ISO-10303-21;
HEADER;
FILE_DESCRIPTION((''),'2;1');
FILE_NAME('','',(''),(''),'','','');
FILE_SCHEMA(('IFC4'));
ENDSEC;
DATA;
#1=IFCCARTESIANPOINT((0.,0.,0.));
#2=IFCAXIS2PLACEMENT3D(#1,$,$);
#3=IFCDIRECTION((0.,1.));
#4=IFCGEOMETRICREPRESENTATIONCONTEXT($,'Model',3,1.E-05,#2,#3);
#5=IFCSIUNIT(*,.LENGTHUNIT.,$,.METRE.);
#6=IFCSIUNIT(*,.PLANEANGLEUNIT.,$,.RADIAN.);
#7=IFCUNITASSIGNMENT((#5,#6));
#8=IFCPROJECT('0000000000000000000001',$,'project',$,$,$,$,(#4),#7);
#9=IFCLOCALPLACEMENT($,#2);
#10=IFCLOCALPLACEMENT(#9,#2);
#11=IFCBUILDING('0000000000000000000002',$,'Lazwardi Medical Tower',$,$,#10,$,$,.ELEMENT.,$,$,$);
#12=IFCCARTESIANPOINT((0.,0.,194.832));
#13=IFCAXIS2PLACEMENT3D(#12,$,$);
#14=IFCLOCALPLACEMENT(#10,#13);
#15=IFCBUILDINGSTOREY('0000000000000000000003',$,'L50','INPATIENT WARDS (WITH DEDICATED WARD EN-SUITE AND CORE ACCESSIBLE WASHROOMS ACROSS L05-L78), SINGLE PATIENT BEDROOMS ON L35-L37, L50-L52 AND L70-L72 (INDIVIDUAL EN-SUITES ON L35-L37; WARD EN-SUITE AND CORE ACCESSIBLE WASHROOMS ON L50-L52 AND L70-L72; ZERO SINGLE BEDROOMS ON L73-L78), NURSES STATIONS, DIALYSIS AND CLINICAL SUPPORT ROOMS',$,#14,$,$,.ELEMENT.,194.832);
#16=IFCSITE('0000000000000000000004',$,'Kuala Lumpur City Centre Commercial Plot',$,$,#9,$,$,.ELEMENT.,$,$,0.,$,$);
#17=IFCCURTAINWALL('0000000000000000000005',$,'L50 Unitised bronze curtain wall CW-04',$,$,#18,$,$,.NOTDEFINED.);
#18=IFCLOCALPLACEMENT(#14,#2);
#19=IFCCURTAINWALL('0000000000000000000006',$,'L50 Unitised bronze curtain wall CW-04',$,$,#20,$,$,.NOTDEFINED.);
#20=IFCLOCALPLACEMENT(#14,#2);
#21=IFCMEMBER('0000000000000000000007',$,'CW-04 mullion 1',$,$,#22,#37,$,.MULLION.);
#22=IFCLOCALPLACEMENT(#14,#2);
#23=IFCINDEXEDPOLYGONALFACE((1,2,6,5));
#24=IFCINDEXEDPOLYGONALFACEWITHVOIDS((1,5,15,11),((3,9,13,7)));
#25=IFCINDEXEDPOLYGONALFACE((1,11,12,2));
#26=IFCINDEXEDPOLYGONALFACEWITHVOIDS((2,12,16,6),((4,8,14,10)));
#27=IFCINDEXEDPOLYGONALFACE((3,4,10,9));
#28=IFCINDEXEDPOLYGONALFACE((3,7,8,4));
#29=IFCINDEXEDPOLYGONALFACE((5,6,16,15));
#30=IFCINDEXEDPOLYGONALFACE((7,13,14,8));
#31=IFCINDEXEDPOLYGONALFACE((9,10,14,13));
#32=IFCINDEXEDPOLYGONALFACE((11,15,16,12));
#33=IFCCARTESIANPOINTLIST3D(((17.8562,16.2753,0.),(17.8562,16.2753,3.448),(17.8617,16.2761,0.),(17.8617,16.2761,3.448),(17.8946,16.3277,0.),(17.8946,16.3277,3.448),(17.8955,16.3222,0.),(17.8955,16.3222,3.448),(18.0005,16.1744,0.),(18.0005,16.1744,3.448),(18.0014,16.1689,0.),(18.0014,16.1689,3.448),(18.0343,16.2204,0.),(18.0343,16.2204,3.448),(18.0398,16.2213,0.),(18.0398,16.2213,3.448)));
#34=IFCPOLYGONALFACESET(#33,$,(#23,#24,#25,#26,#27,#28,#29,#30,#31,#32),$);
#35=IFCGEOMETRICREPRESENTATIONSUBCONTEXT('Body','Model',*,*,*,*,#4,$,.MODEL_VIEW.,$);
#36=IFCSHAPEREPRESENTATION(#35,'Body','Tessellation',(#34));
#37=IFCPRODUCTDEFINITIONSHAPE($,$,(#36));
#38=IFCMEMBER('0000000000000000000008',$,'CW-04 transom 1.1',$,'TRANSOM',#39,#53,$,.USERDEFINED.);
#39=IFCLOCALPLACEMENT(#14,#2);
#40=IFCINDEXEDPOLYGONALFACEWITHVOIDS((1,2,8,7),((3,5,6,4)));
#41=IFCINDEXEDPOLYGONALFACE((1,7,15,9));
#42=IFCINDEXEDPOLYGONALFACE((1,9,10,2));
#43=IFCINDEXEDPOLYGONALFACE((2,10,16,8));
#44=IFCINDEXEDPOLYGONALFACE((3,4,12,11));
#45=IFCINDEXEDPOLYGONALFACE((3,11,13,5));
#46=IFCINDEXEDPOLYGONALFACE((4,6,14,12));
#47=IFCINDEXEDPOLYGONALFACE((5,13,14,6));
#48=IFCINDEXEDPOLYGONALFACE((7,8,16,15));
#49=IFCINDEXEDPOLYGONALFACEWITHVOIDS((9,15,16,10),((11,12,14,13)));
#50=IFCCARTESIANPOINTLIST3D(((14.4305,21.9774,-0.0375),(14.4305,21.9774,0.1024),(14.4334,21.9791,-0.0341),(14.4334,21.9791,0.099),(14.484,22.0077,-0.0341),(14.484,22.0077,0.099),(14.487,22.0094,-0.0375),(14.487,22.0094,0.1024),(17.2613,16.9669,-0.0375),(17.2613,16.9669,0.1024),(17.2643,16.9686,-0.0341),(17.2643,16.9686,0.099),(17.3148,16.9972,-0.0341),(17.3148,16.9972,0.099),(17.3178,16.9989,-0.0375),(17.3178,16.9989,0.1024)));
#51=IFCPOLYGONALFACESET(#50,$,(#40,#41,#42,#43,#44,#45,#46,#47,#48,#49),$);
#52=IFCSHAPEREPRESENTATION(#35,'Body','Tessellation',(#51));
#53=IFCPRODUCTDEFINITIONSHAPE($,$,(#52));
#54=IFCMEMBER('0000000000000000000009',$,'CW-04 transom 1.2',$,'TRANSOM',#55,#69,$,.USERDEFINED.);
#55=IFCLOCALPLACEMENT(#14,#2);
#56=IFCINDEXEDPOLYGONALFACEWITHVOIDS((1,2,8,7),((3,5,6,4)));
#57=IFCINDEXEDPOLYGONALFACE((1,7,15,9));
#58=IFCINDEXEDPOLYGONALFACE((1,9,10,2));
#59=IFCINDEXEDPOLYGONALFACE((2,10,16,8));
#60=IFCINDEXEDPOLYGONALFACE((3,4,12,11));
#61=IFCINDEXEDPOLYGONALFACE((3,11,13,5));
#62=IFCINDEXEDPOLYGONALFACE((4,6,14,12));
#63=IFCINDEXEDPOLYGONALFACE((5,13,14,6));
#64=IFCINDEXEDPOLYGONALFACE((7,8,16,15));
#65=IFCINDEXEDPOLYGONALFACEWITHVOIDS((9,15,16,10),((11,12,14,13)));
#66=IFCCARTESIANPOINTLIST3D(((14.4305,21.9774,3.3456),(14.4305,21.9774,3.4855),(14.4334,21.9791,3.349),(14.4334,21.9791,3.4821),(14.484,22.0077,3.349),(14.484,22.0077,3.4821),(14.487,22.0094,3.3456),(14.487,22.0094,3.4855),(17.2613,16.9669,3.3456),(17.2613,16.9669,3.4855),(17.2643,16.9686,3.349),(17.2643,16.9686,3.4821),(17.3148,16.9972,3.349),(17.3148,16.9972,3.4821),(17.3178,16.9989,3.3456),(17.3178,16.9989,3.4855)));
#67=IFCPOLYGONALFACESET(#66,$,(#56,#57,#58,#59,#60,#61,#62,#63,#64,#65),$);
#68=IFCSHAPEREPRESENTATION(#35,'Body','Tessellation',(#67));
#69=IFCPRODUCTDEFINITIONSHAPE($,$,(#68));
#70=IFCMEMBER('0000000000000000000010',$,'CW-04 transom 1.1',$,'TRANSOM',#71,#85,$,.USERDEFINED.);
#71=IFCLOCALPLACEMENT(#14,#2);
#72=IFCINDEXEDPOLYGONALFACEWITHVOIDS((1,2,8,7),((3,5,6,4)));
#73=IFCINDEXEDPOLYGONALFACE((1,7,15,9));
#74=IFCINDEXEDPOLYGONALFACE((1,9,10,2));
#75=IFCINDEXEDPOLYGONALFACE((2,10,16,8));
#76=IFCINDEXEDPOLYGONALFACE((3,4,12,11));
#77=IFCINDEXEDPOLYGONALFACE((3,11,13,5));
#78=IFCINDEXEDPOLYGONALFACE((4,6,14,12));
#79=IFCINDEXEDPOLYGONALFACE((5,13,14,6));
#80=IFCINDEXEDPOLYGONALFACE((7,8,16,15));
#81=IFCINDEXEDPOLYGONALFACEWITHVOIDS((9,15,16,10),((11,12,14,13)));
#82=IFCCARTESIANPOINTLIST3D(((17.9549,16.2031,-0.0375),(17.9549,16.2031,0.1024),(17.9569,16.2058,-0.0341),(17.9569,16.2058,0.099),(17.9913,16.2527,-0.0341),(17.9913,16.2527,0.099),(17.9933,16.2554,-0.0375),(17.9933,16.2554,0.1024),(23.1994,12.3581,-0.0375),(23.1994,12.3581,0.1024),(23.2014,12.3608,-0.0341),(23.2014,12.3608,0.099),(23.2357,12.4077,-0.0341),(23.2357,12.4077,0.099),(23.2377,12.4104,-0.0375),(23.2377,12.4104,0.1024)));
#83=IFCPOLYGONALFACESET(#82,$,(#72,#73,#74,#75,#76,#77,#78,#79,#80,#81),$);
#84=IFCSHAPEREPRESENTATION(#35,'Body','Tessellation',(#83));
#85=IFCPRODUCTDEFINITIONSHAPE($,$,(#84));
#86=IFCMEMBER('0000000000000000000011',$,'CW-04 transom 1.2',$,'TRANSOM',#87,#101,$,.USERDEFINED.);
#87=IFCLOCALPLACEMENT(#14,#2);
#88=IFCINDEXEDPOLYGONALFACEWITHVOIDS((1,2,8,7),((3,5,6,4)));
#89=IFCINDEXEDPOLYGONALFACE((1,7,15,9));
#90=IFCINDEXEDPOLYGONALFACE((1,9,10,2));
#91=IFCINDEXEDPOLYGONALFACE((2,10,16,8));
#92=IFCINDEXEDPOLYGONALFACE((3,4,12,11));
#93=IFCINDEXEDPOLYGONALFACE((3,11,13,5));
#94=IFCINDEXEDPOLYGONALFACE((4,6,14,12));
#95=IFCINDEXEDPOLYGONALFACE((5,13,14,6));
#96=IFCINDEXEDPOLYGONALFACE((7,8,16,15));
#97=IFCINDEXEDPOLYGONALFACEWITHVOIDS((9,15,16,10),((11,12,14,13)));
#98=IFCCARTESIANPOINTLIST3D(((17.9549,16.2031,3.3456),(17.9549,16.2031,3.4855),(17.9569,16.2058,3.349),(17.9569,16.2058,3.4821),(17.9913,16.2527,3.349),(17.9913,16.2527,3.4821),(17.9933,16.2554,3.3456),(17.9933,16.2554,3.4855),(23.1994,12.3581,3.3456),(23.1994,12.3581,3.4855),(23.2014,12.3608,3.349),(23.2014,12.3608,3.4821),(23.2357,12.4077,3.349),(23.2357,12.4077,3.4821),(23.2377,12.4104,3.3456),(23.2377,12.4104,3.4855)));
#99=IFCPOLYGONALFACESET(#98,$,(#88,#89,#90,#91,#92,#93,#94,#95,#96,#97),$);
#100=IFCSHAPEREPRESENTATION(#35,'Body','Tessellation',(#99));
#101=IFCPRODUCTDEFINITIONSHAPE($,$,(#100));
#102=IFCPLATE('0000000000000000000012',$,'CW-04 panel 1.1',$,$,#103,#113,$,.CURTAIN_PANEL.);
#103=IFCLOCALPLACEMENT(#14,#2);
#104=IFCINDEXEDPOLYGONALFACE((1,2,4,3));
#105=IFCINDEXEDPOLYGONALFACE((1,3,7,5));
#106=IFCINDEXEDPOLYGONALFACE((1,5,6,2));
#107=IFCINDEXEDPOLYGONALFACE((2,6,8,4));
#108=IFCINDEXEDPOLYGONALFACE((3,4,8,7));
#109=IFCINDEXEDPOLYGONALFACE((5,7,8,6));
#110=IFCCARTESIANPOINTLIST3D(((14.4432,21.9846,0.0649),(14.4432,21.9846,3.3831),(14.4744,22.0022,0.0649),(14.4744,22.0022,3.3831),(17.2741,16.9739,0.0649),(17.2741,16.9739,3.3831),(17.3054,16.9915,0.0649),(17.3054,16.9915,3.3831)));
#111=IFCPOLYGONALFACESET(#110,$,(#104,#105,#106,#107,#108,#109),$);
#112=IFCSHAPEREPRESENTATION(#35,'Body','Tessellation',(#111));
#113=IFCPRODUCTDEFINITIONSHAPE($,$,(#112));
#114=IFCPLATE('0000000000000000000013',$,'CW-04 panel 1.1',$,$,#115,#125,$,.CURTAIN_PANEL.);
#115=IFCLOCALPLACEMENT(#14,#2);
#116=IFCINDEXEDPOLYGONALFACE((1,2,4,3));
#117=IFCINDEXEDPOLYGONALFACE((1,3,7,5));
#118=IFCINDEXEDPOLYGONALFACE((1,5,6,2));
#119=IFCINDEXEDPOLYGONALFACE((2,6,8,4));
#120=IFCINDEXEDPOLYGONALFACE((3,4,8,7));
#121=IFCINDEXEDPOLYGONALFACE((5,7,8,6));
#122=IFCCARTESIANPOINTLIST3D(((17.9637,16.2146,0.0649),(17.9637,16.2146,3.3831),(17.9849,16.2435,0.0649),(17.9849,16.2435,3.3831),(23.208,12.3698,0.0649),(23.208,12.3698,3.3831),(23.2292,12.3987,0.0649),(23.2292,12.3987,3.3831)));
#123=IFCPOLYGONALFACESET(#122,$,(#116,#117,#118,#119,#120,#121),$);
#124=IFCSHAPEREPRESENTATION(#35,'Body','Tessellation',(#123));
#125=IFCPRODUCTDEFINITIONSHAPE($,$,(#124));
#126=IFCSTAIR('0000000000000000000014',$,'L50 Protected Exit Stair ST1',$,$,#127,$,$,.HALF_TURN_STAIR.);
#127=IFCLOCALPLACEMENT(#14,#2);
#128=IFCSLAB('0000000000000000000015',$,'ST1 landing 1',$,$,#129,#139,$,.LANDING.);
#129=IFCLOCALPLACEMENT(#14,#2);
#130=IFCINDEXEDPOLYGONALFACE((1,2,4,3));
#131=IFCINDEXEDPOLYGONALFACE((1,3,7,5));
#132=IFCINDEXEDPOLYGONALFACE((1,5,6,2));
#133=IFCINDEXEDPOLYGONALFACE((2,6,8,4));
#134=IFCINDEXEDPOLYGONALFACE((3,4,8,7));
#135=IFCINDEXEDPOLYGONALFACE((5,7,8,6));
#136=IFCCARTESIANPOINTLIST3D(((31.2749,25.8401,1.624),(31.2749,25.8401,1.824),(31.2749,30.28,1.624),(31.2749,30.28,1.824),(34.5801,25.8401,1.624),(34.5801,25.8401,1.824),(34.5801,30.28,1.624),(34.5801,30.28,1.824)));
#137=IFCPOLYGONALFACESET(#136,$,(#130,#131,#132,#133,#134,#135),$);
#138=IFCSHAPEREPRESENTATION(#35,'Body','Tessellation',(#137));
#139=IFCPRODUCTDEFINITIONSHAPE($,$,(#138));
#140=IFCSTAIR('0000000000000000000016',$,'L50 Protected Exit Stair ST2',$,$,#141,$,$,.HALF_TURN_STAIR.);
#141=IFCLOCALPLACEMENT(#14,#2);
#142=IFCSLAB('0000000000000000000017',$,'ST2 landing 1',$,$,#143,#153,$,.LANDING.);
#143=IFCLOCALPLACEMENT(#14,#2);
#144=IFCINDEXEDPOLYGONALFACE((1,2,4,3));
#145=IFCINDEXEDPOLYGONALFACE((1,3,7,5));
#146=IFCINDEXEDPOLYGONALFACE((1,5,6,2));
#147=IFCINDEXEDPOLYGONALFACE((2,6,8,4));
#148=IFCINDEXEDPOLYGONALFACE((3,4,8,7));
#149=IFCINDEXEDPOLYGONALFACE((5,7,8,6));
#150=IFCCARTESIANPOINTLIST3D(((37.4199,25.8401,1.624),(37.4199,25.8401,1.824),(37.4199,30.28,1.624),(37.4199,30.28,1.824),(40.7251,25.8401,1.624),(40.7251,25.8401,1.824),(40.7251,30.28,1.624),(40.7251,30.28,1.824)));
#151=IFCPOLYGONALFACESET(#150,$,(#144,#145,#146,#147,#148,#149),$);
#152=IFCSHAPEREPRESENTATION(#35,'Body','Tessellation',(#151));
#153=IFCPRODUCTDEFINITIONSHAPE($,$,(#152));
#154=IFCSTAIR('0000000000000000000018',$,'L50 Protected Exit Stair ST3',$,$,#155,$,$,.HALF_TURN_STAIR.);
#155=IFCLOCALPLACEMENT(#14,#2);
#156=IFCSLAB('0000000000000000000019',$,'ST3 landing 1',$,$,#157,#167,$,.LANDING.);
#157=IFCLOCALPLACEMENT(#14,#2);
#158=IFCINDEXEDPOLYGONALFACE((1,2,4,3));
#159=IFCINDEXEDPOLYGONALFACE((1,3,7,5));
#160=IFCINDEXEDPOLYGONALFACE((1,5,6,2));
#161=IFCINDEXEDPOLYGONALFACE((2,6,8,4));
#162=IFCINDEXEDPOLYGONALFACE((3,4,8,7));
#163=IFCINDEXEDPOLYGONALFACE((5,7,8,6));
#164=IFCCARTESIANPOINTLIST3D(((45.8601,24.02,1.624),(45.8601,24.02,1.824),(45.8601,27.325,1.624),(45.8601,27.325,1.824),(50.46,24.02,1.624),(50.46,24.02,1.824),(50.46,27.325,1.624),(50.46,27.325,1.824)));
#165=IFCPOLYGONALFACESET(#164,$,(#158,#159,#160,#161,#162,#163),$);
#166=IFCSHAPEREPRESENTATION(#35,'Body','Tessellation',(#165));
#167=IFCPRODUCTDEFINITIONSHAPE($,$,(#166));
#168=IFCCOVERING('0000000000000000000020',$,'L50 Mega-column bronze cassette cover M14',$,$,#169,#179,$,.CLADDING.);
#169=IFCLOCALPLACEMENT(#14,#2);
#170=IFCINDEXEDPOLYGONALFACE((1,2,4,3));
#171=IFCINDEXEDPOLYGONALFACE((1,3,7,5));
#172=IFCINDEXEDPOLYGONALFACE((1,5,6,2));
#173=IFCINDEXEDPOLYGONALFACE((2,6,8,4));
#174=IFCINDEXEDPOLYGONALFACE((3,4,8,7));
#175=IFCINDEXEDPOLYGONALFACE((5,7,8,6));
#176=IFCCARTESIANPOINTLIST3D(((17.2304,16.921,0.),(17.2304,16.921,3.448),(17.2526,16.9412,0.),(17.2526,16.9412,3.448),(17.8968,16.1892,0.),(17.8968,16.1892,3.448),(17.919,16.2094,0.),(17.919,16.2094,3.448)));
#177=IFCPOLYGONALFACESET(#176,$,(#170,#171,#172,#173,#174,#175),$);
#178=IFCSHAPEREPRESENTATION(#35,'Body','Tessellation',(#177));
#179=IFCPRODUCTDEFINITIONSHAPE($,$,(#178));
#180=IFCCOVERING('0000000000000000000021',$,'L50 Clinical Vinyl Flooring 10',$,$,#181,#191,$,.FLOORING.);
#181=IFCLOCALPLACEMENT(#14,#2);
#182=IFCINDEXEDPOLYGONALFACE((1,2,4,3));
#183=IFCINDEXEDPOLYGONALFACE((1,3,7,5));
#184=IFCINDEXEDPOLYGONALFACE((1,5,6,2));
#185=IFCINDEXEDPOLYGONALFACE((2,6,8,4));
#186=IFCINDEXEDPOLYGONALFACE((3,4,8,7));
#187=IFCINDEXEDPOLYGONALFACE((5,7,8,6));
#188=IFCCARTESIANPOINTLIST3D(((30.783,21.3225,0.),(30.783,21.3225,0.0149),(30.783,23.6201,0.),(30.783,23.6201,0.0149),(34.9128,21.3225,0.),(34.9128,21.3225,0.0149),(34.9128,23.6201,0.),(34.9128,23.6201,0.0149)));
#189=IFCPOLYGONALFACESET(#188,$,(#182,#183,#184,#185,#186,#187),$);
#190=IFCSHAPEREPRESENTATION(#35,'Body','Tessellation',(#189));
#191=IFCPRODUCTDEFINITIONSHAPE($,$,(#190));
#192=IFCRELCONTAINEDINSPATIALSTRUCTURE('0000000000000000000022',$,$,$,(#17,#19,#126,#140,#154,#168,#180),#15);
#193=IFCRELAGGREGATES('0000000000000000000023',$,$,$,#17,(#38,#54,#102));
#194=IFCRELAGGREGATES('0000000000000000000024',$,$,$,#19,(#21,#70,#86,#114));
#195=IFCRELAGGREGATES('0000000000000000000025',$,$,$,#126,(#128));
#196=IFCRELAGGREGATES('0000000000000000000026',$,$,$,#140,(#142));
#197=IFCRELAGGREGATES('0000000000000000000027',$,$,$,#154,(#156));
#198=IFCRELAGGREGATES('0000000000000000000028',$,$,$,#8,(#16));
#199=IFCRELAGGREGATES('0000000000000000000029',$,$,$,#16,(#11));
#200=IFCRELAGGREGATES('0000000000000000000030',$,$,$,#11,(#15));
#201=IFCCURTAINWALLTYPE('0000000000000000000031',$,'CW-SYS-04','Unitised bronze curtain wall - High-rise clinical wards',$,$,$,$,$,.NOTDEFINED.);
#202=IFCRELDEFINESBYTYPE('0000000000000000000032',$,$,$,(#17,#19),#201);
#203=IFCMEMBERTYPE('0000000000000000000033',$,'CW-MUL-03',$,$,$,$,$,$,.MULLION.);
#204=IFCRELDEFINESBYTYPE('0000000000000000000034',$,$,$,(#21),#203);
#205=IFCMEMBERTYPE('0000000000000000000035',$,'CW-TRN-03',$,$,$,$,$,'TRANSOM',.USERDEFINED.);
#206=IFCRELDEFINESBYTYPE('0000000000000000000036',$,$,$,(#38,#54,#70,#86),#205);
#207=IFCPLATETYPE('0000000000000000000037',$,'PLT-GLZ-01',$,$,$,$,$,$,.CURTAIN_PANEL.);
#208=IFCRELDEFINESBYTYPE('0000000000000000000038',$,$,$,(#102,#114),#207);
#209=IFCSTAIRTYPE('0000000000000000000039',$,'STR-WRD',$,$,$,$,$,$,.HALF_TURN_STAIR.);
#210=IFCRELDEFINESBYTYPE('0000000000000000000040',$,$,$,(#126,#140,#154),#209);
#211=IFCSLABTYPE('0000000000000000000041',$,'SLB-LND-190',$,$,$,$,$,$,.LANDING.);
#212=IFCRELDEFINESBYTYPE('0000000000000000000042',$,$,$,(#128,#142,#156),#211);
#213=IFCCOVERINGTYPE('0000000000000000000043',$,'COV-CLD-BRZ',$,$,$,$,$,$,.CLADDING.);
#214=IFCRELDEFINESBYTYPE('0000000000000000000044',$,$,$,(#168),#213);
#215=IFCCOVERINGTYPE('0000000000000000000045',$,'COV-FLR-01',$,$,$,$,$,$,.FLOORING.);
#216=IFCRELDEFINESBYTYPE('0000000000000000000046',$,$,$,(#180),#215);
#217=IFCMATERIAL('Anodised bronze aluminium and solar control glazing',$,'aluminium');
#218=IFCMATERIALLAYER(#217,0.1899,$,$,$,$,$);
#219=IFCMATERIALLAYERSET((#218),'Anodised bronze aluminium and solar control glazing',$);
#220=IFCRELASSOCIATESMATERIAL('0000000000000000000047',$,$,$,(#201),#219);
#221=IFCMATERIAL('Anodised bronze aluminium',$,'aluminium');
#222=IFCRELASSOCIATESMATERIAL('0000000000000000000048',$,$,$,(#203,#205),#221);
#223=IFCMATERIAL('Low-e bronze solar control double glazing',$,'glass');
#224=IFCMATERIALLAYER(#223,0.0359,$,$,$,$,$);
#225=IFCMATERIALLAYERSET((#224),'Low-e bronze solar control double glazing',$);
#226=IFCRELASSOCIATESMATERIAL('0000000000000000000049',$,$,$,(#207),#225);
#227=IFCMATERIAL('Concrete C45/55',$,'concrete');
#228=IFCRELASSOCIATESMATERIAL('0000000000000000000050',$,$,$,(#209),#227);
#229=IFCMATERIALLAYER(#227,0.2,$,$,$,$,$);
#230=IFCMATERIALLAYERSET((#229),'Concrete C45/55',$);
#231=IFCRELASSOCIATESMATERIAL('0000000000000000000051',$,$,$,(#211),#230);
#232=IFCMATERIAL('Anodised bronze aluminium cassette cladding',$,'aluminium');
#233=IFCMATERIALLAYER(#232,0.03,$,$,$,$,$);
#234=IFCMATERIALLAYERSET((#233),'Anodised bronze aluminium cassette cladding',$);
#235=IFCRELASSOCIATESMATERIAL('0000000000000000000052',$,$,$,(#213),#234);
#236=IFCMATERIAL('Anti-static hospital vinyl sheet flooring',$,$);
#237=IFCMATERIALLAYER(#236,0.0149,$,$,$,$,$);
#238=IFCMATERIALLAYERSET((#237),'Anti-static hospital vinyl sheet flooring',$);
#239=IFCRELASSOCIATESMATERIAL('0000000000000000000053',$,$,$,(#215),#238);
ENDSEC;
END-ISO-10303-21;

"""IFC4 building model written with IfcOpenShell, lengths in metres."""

from ifc_helpers import new_model, si_unit, direction, frame, origin, origin_2d, place, context, subcontext, project, spatial, polyline, rectangle, hollow_rectangle, outline, extrude, material, layer, layer_set, material_profile, profile_set, type_object, element, aggregate, save


model = new_model("IFC4")

# Units and contexts
model_context = context("Model", 3, precision=1e-05, world=origin(), true_north=direction((0.0, 1.0)))
body_context = subcontext(model_context, "Body", "Model", "MODEL_VIEW")
ifc_project = project(units=[si_unit("LENGTHUNIT", "METRE"), si_unit("PLANEANGLEUNIT", "RADIAN")], contexts=[model_context])

# Site, building, storey
site_placement = place(None, origin())
site = spatial("IfcSite", under=ifc_project, at=site_placement, Name="Kuala Lumpur City Centre Commercial Plot", CompositionType="ELEMENT", RefElevation=0.0)
building_placement = place(site_placement, origin())
building = spatial("IfcBuilding", under=site, at=building_placement, Name="Lazwardi Medical Tower", CompositionType="ELEMENT")
storey_placement = place(building_placement, frame((0.0, 0.0, 194.832)))
storey = spatial("IfcBuildingStorey", under=building, at=storey_placement, Name="L50", Description="INPATIENT WARDS (WITH DEDICATED WARD EN-SUITE AND CORE ACCESSIBLE WASHROOMS ACROSS L05-L78), SINGLE PATIENT BEDROOMS ON L35-L37, L50-L52 AND L70-L72 (INDIVIDUAL EN-SUITES ON L35-L37; WARD EN-SUITE AND CORE ACCESSIBLE WASHROOMS ON L50-L52 AND L70-L72; ZERO SINGLE BEDROOMS ON L73-L78), NURSES STATIONS, DIALYSIS AND CLINICAL SUPPORT ROOMS", CompositionType="ELEMENT", Elevation=194.832)

# Curtain wall
ifc_material_1 = material(Name="Anodised bronze aluminium and solar control glazing", Category="aluminium")
ifc_layer_1 = layer(ifc_material_1, 0.1899)
ifc_layer_set_1 = layer_set([ifc_layer_1], Name="Anodised bronze aluminium and solar control glazing")
curtain_wall_type = type_object("IfcCurtainWallType", Name="CW-SYS-04", Description="Unitised bronze curtain wall - High-rise clinical wards", PredefinedType="NOTDEFINED", material=ifc_layer_set_1)
curtain_wall_1_placement = place(storey_placement, origin())
curtain_wall_1 = element("IfcCurtainWall", 1, at=curtain_wall_1_placement, inside=storey, type_object=curtain_wall_type, Name="L50 Unitised bronze curtain wall CW-04", PredefinedType="NOTDEFINED")
ifc_material_2 = material(Name="Anodised bronze aluminium", Category="aluminium")
ifc_material_profile_1 = material_profile(ifc_material_2, hollow_rectangle(XDim=0.0649, YDim=0.1799, WallThickness=0.0039, at=origin_2d()), Name="ALU-MULLION 180x65x4")
ifc_profile_set_1 = profile_set([ifc_material_profile_1], Name="Anodised bronze aluminium")
member_type_1 = type_object("IfcMemberType", Name="CW-MUL-03", PredefinedType="MULLION", material=ifc_profile_set_1)

# Curtain wall, member
curtain_wall_2_placement = place(storey_placement, origin())
curtain_wall_2 = element("IfcCurtainWall", 2, at=curtain_wall_2_placement, inside=storey, type_object=curtain_wall_type, Name="L50 Unitised bronze curtain wall CW-04", PredefinedType="NOTDEFINED")
member_1_placement = place(storey_placement, frame((17.948, 16.2483, 0.0), z_axis=(0.0, 0.0, 1.0), x_axis=(0.591268, 0.806475, 0.0)))
member_1 = element("IfcMember", 3, at=member_1_placement, type_object=member_type_1, Name="CW-04 mullion 1", PredefinedType="MULLION", context=body_context, shape_type="SweptSolid", body=[
    extrude(hollow_rectangle(XDim=0.0649, YDim=0.1799, WallThickness=0.0039, at=origin_2d()), origin(), (0.0, 0.0, 1.0), 3.448),
])

# Members
ifc_material_profile_2 = material_profile(ifc_material_2, hollow_rectangle(XDim=0.0649, YDim=0.1399, WallThickness=0.0034, at=origin_2d()), Name="ALU-TRANSOM 140x65x3.5")
ifc_profile_set_2 = profile_set([ifc_material_profile_2], Name="Anodised bronze aluminium")
member_type_2 = type_object("IfcMemberType", Name="CW-TRN-03", ElementType="TRANSOM", PredefinedType="USERDEFINED", material=ifc_profile_set_2)
member_2_placement = place(storey_placement, frame((14.4587, 21.9934, 0.0325), z_axis=(0.491898, -0.870653, 0.0), x_axis=(0.870653, 0.491898, 0.0)))
member_2 = element("IfcMember", 4, at=member_2_placement, type_object=member_type_2, Name="CW-04 transom 1.1", ObjectType="TRANSOM", PredefinedType="USERDEFINED", context=body_context, shape_type="SweptSolid", body=[
    extrude(hollow_rectangle(XDim=0.0649, YDim=0.1399, WallThickness=0.0034, at=origin_2d()), origin(), (0.0, 0.0, 1.0), 5.7549),
])
member_3_placement = place(storey_placement, frame((14.4587, 21.9934, 3.4155), z_axis=(0.491898, -0.870653, 0.0), x_axis=(0.870653, 0.491898, 0.0)))
member_3 = element("IfcMember", 5, at=member_3_placement, type_object=member_type_2, Name="CW-04 transom 1.2", ObjectType="TRANSOM", PredefinedType="USERDEFINED", context=body_context, shape_type="SweptSolid", body=[
    extrude(hollow_rectangle(XDim=0.0649, YDim=0.1399, WallThickness=0.0034, at=origin_2d()), origin(), (0.0, 0.0, 1.0), 5.7549),
])
member_4_placement = place(storey_placement, frame((17.9741, 16.2292, 0.0325), z_axis=(0.806472, -0.591273, 0.0), x_axis=(0.591273, 0.806472, 0.0)))
member_4 = element("IfcMember", 6, at=member_4_placement, type_object=member_type_2, Name="CW-04 transom 1.1", ObjectType="TRANSOM", PredefinedType="USERDEFINED", context=body_context, shape_type="SweptSolid", body=[
    extrude(hollow_rectangle(XDim=0.0649, YDim=0.1399, WallThickness=0.0034, at=origin_2d()), origin(), (0.0, 0.0, 1.0), 6.5029),
])
member_5_placement = place(storey_placement, frame((17.9741, 16.2292, 3.4155), z_axis=(0.806472, -0.591273, 0.0), x_axis=(0.591273, 0.806472, 0.0)))
member_5 = element("IfcMember", 7, at=member_5_placement, type_object=member_type_2, Name="CW-04 transom 1.2", ObjectType="TRANSOM", PredefinedType="USERDEFINED", context=body_context, shape_type="SweptSolid", body=[
    extrude(hollow_rectangle(XDim=0.0649, YDim=0.1399, WallThickness=0.0034, at=origin_2d()), origin(), (0.0, 0.0, 1.0), 6.5029),
])

# Plates
ifc_material_3 = material(Name="Low-e bronze solar control double glazing", Category="glass")
ifc_layer_2 = layer(ifc_material_3, 0.0359)
ifc_layer_set_2 = layer_set([ifc_layer_2], Name="Low-e bronze solar control double glazing")
plate_type = type_object("IfcPlateType", Name="PLT-GLZ-01", PredefinedType="CURTAIN_PANEL", material=ifc_layer_set_2)
plate_1_placement = place(storey_placement, frame((15.8743, 19.488, 0.0649), z_axis=(0.0, 0.0, 1.0), x_axis=(0.4919, -0.870651, 0.0)))
plate_1 = element("IfcPlate", 8, at=plate_1_placement, type_object=plate_type, Name="CW-04 panel 1.1", PredefinedType="CURTAIN_PANEL", context=body_context, shape_type="SweptSolid", body=[
    extrude(rectangle(XDim=5.7551, YDim=0.0359, at=origin_2d()), origin(), (0.0, 0.0, 1.0), 3.3181),
])
aggregate(curtain_wall_1, [member_2, member_3, plate_1])
plate_2_placement = place(storey_placement, frame((20.5964, 14.3066, 0.0649), z_axis=(0.0, 0.0, 1.0), x_axis=(0.806475, -0.591268, 0.0)))
plate_2 = element("IfcPlate", 9, at=plate_2_placement, type_object=plate_type, Name="CW-04 panel 1.1", PredefinedType="CURTAIN_PANEL", context=body_context, shape_type="SweptSolid", body=[
    extrude(rectangle(XDim=6.5027, YDim=0.0359, at=origin_2d()), origin(), (0.0, 0.0, 1.0), 3.3181),
])
aggregate(curtain_wall_2, [member_1, member_4, member_5, plate_2])

# Stairs, slabs
ifc_material_4 = material(Name="Concrete C45/55", Category="concrete")
stair_type = type_object("IfcStairType", Name="STR-WRD", PredefinedType="HALF_TURN_STAIR", material=ifc_material_4)
stair_1_placement = place(storey_placement, origin())
stair_1 = element("IfcStair", 10, at=stair_1_placement, inside=storey, type_object=stair_type, Name="L50 Protected Exit Stair ST1", PredefinedType="HALF_TURN_STAIR")
ifc_layer_3 = layer(ifc_material_4, 0.2)
ifc_layer_set_3 = layer_set([ifc_layer_3], Name="Concrete C45/55")
slab_type = type_object("IfcSlabType", Name="SLB-LND-190", PredefinedType="LANDING", material=ifc_layer_set_3)
slab_1_placement = place(storey_placement, frame((0.0, 0.0, 1.624)))
slab_1 = element("IfcSlab", 11, at=slab_1_placement, type_object=slab_type, Name="ST1 landing 1", PredefinedType="LANDING", context=body_context, shape_type="SweptSolid", body=[
    extrude(outline(polyline([(31.2749, 25.8401), (34.5801, 25.8401), (34.5801, 30.28), (31.2749, 30.28), (31.2749, 25.8401)])), origin(), (0.0, 0.0, 1.0), 0.2),
])
aggregate(stair_1, [slab_1])
stair_2_placement = place(storey_placement, origin())
stair_2 = element("IfcStair", 12, at=stair_2_placement, inside=storey, type_object=stair_type, Name="L50 Protected Exit Stair ST2", PredefinedType="HALF_TURN_STAIR")
slab_2_placement = place(storey_placement, frame((0.0, 0.0, 1.624)))
slab_2 = element("IfcSlab", 13, at=slab_2_placement, type_object=slab_type, Name="ST2 landing 1", PredefinedType="LANDING", context=body_context, shape_type="SweptSolid", body=[
    extrude(outline(polyline([(40.7251, 30.28), (37.4199, 30.28), (37.4199, 25.8401), (40.7251, 25.8401), (40.7251, 30.28)])), origin(), (0.0, 0.0, 1.0), 0.2),
])
aggregate(stair_2, [slab_2])
stair_3_placement = place(storey_placement, origin())
stair_3 = element("IfcStair", 14, at=stair_3_placement, inside=storey, type_object=stair_type, Name="L50 Protected Exit Stair ST3", PredefinedType="HALF_TURN_STAIR")
slab_3_placement = place(storey_placement, frame((0.0, 0.0, 1.624)))
slab_3 = element("IfcSlab", 15, at=slab_3_placement, type_object=slab_type, Name="ST3 landing 1", PredefinedType="LANDING", context=body_context, shape_type="SweptSolid", body=[
    extrude(outline(polyline([(45.8601, 27.325), (45.8601, 24.02), (50.46, 24.02), (50.46, 27.325), (45.8601, 27.325)])), origin(), (0.0, 0.0, 1.0), 0.2),
])
aggregate(stair_3, [slab_3])

# Coverings
ifc_material_5 = material(Name="Anodised bronze aluminium cassette cladding", Category="aluminium")
ifc_layer_4 = layer(ifc_material_5, 0.03)
ifc_layer_set_4 = layer_set([ifc_layer_4], Name="Anodised bronze aluminium cassette cladding")
covering_type_1 = type_object("IfcCoveringType", Name="COV-CLD-BRZ", PredefinedType="CLADDING", material=ifc_layer_set_4)
covering_1_placement = place(storey_placement, frame((17.5747, 16.5652, 0.0), z_axis=(0.0, 0.0, 1.0), x_axis=(0.673241, -0.739423, 0.0)))
element("IfcCovering", 16, at=covering_1_placement, inside=storey, type_object=covering_type_1, Name="L50 Mega-column bronze cassette cover M14", PredefinedType="CLADDING", context=body_context, shape_type="SweptSolid", body=[
    extrude(rectangle(XDim=0.9897, YDim=0.03, at=origin_2d()), origin(), (0.0, 0.0, 1.0), 3.448),
])
ifc_material_6 = material(Name="Anti-static hospital vinyl sheet flooring")
ifc_layer_5 = layer(ifc_material_6, 0.0149)
ifc_layer_set_5 = layer_set([ifc_layer_5], Name="Anti-static hospital vinyl sheet flooring")
covering_type_2 = type_object("IfcCoveringType", Name="COV-FLR-01", PredefinedType="FLOORING", material=ifc_layer_set_5)
covering_2_placement = place(storey_placement, origin())
element("IfcCovering", 17, at=covering_2_placement, inside=storey, type_object=covering_type_2, Name="L50 Clinical Vinyl Flooring 10", PredefinedType="FLOORING", context=body_context, shape_type="SweptSolid", body=[
    extrude(outline(polyline([(34.9128, 23.6201), (30.783, 23.6201), (30.783, 21.3225), (34.9128, 21.3225), (34.9128, 23.6201)])), origin(), (0.0, 0.0, 1.0), 0.0149),
])

save(model, "model.ifc")
